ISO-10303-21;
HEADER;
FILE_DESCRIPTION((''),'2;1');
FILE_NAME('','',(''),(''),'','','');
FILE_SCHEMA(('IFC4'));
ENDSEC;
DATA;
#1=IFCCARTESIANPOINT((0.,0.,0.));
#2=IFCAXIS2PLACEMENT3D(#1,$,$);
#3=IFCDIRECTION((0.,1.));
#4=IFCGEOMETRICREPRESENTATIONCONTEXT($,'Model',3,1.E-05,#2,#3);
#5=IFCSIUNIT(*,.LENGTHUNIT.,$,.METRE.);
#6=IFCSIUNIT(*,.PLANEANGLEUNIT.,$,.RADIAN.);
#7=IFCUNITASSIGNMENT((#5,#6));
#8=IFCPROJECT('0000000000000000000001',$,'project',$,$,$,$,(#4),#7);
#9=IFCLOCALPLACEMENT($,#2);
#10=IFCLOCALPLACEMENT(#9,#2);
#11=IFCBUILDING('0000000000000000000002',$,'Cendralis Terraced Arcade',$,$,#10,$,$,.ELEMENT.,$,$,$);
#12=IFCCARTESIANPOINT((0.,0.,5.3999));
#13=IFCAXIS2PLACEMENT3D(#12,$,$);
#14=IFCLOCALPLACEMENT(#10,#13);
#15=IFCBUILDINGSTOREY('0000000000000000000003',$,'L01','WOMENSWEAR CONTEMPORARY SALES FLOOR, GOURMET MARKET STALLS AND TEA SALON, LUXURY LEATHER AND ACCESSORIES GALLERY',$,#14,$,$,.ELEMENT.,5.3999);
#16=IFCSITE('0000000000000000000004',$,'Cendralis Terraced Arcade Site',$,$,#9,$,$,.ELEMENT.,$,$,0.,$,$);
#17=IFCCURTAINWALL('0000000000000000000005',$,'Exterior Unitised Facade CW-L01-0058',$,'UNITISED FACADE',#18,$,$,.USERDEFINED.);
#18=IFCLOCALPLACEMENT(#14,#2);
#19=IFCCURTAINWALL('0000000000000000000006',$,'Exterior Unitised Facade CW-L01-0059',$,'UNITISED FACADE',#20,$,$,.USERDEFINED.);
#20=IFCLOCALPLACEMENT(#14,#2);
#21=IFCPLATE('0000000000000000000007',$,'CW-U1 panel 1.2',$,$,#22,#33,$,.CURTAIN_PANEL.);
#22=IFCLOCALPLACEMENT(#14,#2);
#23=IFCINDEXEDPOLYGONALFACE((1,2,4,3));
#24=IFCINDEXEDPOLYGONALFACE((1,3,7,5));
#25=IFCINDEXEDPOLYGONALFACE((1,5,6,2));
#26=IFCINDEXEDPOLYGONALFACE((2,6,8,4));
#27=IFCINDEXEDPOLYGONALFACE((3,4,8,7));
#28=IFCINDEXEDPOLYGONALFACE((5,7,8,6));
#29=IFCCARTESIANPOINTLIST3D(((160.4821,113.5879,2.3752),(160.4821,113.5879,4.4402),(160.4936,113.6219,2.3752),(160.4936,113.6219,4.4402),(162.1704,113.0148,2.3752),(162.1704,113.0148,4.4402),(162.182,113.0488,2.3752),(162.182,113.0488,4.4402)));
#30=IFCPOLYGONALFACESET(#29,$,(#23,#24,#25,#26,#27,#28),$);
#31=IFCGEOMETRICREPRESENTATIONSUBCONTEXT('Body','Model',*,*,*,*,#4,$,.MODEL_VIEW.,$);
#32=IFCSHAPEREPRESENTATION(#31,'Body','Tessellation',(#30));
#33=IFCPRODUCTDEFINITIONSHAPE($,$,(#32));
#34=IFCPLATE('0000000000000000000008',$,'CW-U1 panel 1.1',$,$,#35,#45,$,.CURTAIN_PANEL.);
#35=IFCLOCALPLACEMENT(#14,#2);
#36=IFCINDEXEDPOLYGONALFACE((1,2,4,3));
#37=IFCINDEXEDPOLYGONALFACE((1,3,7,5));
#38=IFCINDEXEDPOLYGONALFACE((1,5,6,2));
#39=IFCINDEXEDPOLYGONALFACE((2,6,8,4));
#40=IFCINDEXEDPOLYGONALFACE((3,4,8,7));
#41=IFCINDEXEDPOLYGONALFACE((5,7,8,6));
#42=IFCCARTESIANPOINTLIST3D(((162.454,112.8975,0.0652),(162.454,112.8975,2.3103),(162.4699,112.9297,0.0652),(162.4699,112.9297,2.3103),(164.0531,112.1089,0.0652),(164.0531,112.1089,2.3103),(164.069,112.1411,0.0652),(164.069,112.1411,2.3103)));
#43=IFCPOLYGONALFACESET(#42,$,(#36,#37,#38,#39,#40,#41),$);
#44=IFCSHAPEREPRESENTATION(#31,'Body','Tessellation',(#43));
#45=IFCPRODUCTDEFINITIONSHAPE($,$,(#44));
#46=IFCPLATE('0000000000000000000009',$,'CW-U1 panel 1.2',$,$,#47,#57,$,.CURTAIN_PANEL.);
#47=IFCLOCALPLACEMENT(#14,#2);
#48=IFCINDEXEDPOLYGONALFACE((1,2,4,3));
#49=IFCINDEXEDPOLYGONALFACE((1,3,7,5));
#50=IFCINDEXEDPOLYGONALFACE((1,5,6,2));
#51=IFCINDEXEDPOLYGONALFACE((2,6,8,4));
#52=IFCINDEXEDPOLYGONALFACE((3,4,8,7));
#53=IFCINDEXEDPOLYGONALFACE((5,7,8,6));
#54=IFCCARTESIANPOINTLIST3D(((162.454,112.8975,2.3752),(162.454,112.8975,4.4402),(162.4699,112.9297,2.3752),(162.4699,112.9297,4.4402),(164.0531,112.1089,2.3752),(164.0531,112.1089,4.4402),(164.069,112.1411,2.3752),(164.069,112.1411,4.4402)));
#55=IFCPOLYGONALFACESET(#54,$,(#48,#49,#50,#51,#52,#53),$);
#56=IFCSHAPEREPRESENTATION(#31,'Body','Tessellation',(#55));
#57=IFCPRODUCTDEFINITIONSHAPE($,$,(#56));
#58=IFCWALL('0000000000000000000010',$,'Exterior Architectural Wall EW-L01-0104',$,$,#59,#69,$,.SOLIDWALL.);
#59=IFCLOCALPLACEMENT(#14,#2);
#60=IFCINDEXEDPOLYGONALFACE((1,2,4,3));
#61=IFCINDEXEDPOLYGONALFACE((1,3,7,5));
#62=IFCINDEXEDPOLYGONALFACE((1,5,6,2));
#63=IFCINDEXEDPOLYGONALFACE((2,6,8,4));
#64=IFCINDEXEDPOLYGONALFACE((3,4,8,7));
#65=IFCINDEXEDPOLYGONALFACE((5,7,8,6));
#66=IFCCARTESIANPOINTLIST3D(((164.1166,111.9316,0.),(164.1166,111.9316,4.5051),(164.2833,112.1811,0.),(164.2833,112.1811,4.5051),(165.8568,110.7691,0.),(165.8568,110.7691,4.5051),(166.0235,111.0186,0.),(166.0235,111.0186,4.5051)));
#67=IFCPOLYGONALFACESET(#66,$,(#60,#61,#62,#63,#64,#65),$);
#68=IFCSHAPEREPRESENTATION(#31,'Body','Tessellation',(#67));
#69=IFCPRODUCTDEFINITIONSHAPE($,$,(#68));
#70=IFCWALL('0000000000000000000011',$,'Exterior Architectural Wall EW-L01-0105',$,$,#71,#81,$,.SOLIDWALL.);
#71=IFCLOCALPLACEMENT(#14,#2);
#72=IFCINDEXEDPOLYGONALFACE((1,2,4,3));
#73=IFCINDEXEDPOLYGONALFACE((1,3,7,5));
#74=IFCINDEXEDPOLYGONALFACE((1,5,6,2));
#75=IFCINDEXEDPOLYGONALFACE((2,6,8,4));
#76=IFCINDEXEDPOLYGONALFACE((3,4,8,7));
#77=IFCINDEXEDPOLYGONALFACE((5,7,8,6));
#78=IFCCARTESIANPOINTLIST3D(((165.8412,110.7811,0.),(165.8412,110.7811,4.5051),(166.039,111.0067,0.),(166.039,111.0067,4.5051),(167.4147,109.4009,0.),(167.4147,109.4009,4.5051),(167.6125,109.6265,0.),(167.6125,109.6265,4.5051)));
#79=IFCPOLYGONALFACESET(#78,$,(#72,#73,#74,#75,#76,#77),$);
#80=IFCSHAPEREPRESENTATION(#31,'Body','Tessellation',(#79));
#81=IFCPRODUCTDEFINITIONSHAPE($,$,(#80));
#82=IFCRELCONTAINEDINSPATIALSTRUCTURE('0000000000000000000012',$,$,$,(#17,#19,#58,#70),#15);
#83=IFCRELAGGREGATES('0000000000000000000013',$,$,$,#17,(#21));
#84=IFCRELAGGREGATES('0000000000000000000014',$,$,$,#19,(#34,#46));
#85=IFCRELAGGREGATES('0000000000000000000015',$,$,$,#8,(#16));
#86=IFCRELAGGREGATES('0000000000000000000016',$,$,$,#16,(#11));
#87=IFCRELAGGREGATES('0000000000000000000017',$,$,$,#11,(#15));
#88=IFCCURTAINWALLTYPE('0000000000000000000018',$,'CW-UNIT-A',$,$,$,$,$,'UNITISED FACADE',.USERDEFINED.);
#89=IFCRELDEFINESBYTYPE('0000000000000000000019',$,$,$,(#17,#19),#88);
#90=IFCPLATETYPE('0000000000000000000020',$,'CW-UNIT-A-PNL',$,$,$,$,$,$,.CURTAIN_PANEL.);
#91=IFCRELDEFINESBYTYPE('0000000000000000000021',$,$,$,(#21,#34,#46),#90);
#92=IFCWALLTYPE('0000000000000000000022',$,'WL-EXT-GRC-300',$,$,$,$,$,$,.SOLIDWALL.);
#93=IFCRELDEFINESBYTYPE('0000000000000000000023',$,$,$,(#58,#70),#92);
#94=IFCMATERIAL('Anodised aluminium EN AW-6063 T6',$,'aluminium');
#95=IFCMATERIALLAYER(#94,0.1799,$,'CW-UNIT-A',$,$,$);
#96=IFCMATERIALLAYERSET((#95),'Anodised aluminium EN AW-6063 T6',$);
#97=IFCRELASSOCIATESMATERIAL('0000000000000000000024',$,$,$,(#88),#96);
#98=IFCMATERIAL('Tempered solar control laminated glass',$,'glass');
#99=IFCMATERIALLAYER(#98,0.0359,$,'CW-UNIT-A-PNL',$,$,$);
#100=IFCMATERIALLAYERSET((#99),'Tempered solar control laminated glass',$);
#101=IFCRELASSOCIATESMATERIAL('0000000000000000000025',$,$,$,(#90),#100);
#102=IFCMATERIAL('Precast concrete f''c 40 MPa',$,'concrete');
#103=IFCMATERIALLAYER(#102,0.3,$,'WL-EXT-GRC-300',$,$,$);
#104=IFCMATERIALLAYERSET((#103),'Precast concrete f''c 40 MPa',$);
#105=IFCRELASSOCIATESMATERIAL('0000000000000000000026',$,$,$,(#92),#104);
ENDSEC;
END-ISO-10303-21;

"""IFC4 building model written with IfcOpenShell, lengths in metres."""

from ifc_helpers import new_model, si_unit, direction, frame, frame_2d, origin, origin_2d, place, context, subcontext, project, spatial, rectangle, extrude, material, layer, layer_set, type_object, element, aggregate, save


model = new_model("IFC4")

# Units and contexts
model_context = context("Model", 3, precision=1e-05, world=origin(), true_north=direction((0.0, 1.0)))
body_context = subcontext(model_context, "Body", "Model", "MODEL_VIEW")
ifc_project = project(units=[si_unit("LENGTHUNIT", "METRE"), si_unit("PLANEANGLEUNIT", "RADIAN")], contexts=[model_context])

# Site, building, storey
site_placement = place(None, origin())
site = spatial("IfcSite", under=ifc_project, at=site_placement, Name="Cendralis Terraced Arcade Site", CompositionType="ELEMENT", RefElevation=0.0)
building_placement = place(site_placement, origin())
building = spatial("IfcBuilding", under=site, at=building_placement, Name="Cendralis Terraced Arcade", CompositionType="ELEMENT")
storey_placement = place(building_placement, frame((0.0, 0.0, 5.3999)))
storey = spatial("IfcBuildingStorey", under=building, at=storey_placement, Name="L01", Description="WOMENSWEAR CONTEMPORARY SALES FLOOR, GOURMET MARKET STALLS AND TEA SALON, LUXURY LEATHER AND ACCESSORIES GALLERY", CompositionType="ELEMENT", Elevation=5.3999)

# Shared definitions
ifc_material_1 = material(Name="Anodised aluminium EN AW-6063 T6", Category="aluminium")
ifc_layer_1 = layer(ifc_material_1, 0.1799, Name="CW-UNIT-A")
ifc_layer_set_1 = layer_set([ifc_layer_1], Name="Anodised aluminium EN AW-6063 T6")
curtain_wall_type = type_object("IfcCurtainWallType", Name="CW-UNIT-A", ElementType="UNITISED FACADE", PredefinedType="USERDEFINED", material=ifc_layer_set_1)

# Curtain walls
curtain_wall_1_placement = place(storey_placement, origin())
curtain_wall_1 = element("IfcCurtainWall", 1, at=curtain_wall_1_placement, inside=storey, type_object=curtain_wall_type, Name="Exterior Unitised Facade CW-L01-0058", ObjectType="UNITISED FACADE", PredefinedType="USERDEFINED")
curtain_wall_2_placement = place(storey_placement, origin())
curtain_wall_2 = element("IfcCurtainWall", 2, at=curtain_wall_2_placement, inside=storey, type_object=curtain_wall_type, Name="Exterior Unitised Facade CW-L01-0059", ObjectType="UNITISED FACADE", PredefinedType="USERDEFINED")

# Plates
ifc_material_2 = material(Name="Tempered solar control laminated glass", Category="glass")
ifc_layer_2 = layer(ifc_material_2, 0.0359, Name="CW-UNIT-A-PNL")
ifc_layer_set_2 = layer_set([ifc_layer_2], Name="Tempered solar control laminated glass")
plate_type = type_object("IfcPlateType", Name="CW-UNIT-A-PNL", PredefinedType="CURTAIN_PANEL", material=ifc_layer_set_2)
plate_1_placement = place(storey_placement, frame((161.332, 113.3184, 2.3752), z_axis=(0.0, 0.0, 1.0), x_axis=(0.946928, -0.321445, 0.0)))
plate_1 = element("IfcPlate", 3, at=plate_1_placement, type_object=plate_type, Name="CW-U1 panel 1.2", PredefinedType="CURTAIN_PANEL", context=body_context, shape_type="SweptSolid", body=[
    extrude(rectangle(XDim=1.783, YDim=0.0359, at=origin_2d()), origin(), (0.0, 0.0, 1.0), 2.0649),
])
aggregate(curtain_wall_1, [plate_1])
plate_2_placement = place(storey_placement, frame((163.2615, 112.5193, 0.0652), z_axis=(0.0, 0.0, 1.0), x_axis=(0.896871, -0.442293, 0.0)))
plate_2 = element("IfcPlate", 4, at=plate_2_placement, type_object=plate_type, Name="CW-U1 panel 1.1", PredefinedType="CURTAIN_PANEL", context=body_context, shape_type="SweptSolid", body=[
    extrude(rectangle(XDim=1.783, YDim=0.0359, at=origin_2d()), origin(), (0.0, 0.0, 1.0), 2.2451),
])
plate_3_placement = place(storey_placement, frame((163.2615, 112.5193, 2.3752), z_axis=(0.0, 0.0, 1.0), x_axis=(0.896871, -0.442293, 0.0)))
plate_3 = element("IfcPlate", 5, at=plate_3_placement, type_object=plate_type, Name="CW-U1 panel 1.2", PredefinedType="CURTAIN_PANEL", context=body_context, shape_type="SweptSolid", body=[
    extrude(rectangle(XDim=1.783, YDim=0.0359, at=origin_2d()), origin(), (0.0, 0.0, 1.0), 2.0649),
])
aggregate(curtain_wall_2, [plate_2, plate_3])

# Walls
ifc_material_3 = material(Name="Precast concrete f'c 40 MPa", Category="concrete")
ifc_layer_3 = layer(ifc_material_3, 0.3, Name="WL-EXT-GRC-300")
ifc_layer_set_3 = layer_set([ifc_layer_3], Name="Precast concrete f'c 40 MPa")
wall_type = type_object("IfcWallType", Name="WL-EXT-GRC-300", PredefinedType="SOLIDWALL", material=ifc_layer_set_3)
wall_1_placement = place(storey_placement, frame((164.2, 112.0564, 0.0), z_axis=(0.0, 0.0, 1.0), x_axis=(0.831511, -0.555508, 0.0)))
element("IfcWall", 6, at=wall_1_placement, inside=storey, type_object=wall_type, Name="Exterior Architectural Wall EW-L01-0104", PredefinedType="SOLIDWALL", context=body_context, shape_type="SweptSolid", body=[
    extrude(rectangle(XDim=2.0928, YDim=0.3, at=frame_2d((1.0464, 0.0))), origin(), (0.0, 0.0, 1.0), 4.5051),
])
wall_2_placement = place(storey_placement, frame((165.9402, 110.8938, 0.0), z_axis=(0.0, 0.0, 1.0), x_axis=(0.751789, -0.659404, 0.0)))
element("IfcWall", 7, at=wall_2_placement, inside=storey, type_object=wall_type, Name="Exterior Architectural Wall EW-L01-0105", PredefinedType="SOLIDWALL", context=body_context, shape_type="SweptSolid", body=[
    extrude(rectangle(XDim=2.093, YDim=0.3, at=frame_2d((1.0464, 0.0))), origin(), (0.0, 0.0, 1.0), 4.5051),
])

save(model, "model.ifc")
